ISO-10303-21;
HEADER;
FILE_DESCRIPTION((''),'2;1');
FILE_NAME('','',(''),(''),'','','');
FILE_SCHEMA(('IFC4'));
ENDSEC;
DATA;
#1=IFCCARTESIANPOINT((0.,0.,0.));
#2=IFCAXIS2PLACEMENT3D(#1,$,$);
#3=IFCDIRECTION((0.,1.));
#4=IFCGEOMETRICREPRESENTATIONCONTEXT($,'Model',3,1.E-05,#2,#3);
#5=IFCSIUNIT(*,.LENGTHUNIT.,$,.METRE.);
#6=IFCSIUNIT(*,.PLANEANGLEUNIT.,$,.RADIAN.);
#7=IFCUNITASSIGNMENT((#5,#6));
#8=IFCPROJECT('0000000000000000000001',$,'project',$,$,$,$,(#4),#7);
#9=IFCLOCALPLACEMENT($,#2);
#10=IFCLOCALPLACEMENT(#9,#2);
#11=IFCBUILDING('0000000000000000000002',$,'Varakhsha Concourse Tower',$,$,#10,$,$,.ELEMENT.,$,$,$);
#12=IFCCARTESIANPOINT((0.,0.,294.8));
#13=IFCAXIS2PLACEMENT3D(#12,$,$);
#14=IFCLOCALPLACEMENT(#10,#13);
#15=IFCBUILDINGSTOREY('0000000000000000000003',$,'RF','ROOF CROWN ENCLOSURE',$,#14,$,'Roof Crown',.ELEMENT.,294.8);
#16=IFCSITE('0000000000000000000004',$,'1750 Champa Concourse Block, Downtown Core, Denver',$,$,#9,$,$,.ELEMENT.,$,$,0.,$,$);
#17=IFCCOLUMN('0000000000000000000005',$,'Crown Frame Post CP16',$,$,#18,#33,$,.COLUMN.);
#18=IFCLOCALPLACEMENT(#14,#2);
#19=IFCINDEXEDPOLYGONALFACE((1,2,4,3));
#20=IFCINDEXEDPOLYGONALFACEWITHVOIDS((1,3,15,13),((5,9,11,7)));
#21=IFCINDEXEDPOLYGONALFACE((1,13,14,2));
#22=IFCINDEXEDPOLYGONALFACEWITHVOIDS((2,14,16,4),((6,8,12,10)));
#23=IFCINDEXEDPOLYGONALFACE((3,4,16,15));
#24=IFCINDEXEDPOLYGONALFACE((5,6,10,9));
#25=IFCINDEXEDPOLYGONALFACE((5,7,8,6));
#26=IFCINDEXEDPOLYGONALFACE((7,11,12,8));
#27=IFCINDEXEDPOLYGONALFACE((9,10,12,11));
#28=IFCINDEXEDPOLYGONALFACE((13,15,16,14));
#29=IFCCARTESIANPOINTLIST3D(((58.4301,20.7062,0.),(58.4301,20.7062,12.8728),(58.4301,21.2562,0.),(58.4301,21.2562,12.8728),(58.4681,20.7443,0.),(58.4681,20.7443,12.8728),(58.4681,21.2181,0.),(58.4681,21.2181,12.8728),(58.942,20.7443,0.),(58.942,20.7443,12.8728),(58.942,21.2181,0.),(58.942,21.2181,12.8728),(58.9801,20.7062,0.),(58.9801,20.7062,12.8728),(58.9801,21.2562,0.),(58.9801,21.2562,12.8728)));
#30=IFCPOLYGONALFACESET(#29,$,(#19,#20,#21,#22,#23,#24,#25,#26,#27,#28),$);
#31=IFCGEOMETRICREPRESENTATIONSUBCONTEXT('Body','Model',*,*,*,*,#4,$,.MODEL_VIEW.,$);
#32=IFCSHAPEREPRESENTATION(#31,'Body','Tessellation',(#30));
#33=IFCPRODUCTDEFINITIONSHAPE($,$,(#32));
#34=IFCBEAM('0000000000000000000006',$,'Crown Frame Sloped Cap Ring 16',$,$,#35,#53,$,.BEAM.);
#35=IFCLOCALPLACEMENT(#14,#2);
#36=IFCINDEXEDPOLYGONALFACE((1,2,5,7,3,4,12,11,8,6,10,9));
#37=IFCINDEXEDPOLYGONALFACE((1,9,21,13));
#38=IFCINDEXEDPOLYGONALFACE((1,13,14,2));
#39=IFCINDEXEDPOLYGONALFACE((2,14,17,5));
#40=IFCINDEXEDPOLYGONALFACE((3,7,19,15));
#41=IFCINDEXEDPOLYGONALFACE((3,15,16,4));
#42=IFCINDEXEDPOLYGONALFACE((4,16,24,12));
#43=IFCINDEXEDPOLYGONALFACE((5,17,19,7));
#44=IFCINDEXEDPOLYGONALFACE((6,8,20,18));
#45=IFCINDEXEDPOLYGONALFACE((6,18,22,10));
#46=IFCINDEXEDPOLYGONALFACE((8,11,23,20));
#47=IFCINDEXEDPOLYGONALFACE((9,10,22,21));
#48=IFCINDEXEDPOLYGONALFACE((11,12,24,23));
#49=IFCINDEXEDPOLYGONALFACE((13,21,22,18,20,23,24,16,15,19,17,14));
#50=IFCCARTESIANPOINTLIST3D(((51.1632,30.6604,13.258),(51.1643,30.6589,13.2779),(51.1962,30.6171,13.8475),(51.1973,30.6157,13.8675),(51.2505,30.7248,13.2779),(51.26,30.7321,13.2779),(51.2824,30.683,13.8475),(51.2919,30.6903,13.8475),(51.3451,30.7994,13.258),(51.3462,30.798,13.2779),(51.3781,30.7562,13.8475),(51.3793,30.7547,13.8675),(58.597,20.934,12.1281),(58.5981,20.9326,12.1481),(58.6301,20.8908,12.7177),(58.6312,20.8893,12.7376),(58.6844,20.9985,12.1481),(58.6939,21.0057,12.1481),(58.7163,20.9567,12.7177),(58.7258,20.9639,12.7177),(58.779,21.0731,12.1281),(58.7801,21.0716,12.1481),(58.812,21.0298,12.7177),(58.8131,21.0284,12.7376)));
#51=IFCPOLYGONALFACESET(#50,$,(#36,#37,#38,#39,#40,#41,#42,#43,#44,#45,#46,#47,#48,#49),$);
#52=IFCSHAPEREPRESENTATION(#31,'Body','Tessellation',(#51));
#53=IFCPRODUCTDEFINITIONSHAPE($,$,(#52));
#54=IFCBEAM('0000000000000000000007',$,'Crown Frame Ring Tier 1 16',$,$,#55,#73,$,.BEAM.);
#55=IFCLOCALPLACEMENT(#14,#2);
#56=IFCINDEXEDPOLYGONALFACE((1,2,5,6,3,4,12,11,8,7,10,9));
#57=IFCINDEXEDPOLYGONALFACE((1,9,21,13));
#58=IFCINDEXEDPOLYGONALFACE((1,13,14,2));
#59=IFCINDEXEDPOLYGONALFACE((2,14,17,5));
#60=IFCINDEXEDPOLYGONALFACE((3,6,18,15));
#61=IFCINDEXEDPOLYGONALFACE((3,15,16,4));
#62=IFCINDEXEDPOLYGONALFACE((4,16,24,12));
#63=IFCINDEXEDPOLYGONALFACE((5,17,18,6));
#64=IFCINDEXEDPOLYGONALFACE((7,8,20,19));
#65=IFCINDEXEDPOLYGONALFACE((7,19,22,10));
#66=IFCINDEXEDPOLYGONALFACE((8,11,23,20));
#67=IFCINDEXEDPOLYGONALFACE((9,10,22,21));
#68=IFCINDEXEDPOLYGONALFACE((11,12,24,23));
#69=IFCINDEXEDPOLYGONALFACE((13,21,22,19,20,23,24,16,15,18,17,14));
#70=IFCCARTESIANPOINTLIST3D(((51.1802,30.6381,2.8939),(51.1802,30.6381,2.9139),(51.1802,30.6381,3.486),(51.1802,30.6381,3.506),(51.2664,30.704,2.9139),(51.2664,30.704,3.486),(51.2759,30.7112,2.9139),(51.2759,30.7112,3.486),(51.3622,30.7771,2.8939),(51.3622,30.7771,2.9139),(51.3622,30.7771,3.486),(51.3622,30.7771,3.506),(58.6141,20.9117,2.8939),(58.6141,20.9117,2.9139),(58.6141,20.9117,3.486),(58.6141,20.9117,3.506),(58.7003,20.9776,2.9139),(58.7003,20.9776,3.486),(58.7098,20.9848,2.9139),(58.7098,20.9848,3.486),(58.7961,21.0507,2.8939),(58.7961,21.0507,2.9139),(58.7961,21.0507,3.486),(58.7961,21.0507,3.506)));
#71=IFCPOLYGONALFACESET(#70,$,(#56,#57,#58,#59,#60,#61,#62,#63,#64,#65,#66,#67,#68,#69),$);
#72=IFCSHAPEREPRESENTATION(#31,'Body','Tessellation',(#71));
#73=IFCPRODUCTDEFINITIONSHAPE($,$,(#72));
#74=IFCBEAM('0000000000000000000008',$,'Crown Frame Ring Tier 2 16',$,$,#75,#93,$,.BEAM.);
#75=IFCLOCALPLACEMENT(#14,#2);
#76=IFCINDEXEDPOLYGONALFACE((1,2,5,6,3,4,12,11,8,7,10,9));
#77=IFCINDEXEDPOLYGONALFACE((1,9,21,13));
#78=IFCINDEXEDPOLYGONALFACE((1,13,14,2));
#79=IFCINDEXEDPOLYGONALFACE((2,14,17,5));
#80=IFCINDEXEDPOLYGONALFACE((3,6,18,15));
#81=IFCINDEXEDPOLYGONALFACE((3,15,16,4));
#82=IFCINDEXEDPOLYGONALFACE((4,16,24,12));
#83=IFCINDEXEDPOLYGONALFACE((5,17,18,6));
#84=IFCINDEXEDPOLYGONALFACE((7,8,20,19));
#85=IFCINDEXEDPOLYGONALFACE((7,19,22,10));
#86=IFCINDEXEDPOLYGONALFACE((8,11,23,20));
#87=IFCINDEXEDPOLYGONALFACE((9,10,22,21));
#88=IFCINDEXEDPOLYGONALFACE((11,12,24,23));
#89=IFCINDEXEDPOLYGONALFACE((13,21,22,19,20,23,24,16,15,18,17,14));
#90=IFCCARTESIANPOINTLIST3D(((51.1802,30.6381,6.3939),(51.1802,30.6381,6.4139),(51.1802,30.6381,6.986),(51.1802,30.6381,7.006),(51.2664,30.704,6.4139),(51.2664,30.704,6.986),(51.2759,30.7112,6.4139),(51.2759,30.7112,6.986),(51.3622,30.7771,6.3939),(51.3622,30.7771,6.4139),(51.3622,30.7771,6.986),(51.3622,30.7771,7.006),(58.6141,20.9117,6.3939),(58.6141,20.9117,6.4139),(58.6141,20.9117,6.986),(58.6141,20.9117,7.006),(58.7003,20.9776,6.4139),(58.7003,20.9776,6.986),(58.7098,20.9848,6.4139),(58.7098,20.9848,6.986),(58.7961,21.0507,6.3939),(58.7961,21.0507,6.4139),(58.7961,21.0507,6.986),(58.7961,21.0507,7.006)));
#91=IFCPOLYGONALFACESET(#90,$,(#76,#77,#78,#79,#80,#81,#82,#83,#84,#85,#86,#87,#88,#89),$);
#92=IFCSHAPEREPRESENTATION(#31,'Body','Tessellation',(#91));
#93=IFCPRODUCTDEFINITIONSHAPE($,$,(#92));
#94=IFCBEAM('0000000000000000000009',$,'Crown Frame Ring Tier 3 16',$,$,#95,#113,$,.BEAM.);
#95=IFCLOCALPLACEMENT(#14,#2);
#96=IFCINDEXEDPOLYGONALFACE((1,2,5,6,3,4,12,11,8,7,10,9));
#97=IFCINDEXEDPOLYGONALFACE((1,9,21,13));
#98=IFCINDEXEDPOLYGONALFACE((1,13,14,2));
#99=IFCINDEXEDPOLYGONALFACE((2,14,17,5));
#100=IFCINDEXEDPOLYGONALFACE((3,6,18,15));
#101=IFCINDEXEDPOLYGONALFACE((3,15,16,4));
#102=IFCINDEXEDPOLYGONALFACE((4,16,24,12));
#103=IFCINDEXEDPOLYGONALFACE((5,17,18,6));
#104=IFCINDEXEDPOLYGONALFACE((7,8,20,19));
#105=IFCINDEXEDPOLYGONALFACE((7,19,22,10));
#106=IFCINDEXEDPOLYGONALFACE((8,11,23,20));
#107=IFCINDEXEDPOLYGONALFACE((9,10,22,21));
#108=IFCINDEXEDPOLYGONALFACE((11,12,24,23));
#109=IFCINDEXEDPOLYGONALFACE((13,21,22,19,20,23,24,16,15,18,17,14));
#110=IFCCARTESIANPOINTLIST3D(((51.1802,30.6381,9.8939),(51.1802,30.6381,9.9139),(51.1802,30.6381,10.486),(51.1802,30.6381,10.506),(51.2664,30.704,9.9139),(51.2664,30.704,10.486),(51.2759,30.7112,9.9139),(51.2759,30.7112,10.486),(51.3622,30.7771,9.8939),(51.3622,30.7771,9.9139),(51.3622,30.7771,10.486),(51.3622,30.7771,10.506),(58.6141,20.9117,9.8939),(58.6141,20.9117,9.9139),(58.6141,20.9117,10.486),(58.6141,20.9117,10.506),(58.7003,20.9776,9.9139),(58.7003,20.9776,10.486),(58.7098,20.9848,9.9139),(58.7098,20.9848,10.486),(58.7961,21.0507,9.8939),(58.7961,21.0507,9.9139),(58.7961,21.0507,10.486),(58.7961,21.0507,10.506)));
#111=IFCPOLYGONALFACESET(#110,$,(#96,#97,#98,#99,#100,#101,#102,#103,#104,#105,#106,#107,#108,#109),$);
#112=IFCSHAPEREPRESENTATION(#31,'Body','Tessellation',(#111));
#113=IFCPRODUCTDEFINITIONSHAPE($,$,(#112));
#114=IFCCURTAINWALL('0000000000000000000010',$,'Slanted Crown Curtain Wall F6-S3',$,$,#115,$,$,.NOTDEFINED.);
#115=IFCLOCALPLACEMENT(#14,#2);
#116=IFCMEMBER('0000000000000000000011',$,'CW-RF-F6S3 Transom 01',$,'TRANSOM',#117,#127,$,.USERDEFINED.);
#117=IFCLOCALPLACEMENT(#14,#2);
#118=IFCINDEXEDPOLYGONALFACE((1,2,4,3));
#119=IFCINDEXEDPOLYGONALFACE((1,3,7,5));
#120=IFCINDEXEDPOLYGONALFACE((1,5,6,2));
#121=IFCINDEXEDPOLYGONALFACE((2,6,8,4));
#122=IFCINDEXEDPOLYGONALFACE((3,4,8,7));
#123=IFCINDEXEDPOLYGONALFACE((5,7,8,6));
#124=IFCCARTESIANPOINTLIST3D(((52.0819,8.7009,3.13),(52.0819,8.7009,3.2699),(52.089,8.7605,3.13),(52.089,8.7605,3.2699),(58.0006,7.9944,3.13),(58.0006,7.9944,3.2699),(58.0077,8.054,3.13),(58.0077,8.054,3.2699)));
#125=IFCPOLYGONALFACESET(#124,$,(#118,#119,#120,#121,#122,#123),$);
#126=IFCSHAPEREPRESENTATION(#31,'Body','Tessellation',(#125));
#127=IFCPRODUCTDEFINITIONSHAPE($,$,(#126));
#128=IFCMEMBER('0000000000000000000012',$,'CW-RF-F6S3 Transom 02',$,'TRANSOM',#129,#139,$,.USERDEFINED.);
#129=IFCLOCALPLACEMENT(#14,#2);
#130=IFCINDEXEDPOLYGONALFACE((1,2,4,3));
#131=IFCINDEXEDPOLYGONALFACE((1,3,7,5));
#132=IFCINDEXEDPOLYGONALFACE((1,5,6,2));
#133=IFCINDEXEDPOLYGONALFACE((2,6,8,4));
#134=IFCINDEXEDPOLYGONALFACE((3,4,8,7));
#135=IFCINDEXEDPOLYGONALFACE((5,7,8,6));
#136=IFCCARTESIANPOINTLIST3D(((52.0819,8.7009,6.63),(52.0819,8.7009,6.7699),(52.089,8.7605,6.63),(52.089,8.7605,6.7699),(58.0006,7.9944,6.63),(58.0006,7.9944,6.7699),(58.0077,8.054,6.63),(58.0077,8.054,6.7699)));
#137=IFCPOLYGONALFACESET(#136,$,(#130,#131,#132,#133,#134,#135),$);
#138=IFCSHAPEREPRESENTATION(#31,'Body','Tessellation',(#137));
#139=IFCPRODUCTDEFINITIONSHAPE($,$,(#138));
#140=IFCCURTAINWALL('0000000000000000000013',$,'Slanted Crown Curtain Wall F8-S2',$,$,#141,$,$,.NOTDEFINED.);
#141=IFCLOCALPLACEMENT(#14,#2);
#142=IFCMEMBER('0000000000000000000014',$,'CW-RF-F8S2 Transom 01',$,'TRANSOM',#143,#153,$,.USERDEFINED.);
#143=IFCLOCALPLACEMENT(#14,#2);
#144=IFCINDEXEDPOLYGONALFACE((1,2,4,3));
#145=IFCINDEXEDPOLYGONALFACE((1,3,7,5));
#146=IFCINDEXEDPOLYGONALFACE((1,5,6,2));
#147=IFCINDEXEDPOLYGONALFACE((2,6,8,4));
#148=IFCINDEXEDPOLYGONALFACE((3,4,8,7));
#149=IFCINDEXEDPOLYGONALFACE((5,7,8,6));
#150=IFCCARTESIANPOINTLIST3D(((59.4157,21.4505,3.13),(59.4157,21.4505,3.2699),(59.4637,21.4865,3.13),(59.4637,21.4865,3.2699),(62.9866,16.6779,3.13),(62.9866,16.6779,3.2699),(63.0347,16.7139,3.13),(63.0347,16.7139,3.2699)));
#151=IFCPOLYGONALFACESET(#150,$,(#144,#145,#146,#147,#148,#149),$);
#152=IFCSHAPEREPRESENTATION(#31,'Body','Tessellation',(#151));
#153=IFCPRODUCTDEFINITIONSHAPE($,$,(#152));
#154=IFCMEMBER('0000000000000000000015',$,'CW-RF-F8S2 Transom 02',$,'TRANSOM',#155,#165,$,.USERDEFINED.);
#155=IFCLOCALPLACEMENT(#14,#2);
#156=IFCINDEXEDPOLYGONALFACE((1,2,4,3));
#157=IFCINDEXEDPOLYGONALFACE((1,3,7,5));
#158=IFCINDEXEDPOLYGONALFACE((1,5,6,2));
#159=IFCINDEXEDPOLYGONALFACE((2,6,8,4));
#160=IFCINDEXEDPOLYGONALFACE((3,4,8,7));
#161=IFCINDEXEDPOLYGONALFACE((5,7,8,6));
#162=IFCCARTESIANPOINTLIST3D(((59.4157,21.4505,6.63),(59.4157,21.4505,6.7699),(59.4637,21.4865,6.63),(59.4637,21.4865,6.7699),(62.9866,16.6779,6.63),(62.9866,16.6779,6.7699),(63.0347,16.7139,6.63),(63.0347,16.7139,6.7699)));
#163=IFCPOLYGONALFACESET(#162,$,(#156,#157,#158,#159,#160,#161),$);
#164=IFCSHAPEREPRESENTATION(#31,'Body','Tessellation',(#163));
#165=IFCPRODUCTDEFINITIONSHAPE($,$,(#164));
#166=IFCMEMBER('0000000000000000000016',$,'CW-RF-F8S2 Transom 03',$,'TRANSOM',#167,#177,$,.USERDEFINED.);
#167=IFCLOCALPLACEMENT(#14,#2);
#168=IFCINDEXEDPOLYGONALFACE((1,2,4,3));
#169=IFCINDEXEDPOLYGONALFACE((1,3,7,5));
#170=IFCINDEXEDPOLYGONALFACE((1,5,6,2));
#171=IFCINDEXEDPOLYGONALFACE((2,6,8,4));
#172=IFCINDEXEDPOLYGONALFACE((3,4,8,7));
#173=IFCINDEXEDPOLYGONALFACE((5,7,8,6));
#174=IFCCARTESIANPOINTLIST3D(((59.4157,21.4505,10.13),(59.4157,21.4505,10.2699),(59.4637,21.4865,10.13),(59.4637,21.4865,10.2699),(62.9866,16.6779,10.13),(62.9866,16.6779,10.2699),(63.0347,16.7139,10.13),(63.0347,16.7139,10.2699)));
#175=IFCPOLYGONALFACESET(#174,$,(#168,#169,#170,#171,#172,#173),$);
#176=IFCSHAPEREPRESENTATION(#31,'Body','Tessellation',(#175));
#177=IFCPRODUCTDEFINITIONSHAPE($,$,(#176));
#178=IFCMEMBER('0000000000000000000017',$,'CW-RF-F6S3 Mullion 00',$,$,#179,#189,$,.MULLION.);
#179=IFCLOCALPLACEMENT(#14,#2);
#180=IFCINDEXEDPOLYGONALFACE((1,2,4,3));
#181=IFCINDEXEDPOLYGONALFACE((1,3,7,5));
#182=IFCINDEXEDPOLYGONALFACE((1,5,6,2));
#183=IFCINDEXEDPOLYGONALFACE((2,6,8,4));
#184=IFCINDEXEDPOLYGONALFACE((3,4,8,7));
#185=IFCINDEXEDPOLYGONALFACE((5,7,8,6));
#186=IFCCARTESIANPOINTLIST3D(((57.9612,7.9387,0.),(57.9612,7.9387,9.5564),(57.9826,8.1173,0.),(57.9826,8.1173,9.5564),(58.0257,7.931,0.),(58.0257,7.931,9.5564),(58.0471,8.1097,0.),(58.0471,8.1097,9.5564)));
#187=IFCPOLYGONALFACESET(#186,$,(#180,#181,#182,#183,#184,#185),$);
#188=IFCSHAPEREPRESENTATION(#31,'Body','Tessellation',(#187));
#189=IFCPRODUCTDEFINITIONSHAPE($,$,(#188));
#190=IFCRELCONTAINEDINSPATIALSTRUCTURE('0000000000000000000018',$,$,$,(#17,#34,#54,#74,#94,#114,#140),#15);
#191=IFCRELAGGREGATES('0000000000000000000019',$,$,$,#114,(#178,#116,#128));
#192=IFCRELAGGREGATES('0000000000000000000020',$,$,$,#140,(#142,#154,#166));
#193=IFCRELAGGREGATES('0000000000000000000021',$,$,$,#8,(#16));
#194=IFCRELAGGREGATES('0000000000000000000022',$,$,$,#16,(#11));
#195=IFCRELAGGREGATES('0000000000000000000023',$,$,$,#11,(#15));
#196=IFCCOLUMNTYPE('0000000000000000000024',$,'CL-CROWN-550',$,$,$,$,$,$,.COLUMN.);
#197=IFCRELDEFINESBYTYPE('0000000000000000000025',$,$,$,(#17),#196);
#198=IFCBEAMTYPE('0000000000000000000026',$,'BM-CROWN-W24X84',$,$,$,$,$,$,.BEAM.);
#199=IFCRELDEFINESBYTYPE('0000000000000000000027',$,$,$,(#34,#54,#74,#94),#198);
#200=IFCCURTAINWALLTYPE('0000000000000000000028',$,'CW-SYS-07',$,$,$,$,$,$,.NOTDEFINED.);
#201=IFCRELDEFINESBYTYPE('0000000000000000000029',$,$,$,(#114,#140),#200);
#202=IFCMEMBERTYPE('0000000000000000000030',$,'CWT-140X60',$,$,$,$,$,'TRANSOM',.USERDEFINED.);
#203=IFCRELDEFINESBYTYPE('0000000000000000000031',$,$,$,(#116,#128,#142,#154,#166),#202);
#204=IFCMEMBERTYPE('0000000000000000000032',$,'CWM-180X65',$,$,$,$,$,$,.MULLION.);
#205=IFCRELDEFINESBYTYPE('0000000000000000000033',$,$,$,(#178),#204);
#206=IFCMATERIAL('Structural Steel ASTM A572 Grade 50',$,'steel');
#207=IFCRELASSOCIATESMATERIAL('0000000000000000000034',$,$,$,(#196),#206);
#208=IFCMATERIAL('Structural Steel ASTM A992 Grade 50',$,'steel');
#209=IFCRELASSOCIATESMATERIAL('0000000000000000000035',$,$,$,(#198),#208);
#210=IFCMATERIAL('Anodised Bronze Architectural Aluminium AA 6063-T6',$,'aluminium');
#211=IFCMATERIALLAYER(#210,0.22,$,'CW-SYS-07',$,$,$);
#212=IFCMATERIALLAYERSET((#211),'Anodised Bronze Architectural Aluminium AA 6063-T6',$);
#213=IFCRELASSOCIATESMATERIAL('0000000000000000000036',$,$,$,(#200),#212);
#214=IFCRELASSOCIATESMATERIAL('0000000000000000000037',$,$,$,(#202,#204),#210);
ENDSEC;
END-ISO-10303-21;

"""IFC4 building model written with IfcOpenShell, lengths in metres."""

from ifc_helpers import new_model, si_unit, direction, frame, origin, origin_2d, place, context, subcontext, project, spatial, rectangle, hollow_rectangle, i_section, extrude, source, transform, mapped, material, layer, layer_set, material_profile, profile_set, type_object, type_shapes, element, aggregate, save


model = new_model("IFC4")

# Units and contexts
model_context = context("Model", 3, precision=1e-05, world=origin(), true_north=direction((0.0, 1.0)))
body_context = subcontext(model_context, "Body", "Model", "MODEL_VIEW")
ifc_project = project(units=[si_unit("LENGTHUNIT", "METRE"), si_unit("PLANEANGLEUNIT", "RADIAN")], contexts=[model_context])

# Site, building, storey
site_placement = place(None, origin())
site = spatial("IfcSite", under=ifc_project, at=site_placement, Name="1750 Champa Concourse Block, Downtown Core, Denver", CompositionType="ELEMENT", RefElevation=0.0)
building_placement = place(site_placement, origin())
building = spatial("IfcBuilding", under=site, at=building_placement, Name="Varakhsha Concourse Tower", CompositionType="ELEMENT")
storey_placement = place(building_placement, frame((0.0, 0.0, 294.8)))
storey = spatial("IfcBuildingStorey", under=building, at=storey_placement, Name="RF", Description="ROOF CROWN ENCLOSURE", LongName="Roof Crown", CompositionType="ELEMENT", Elevation=294.8)

# Column
ifc_material_1 = material(Name="Structural Steel ASTM A572 Grade 50", Category="steel")
ifc_material_profile_1 = material_profile(ifc_material_1, hollow_rectangle(XDim=0.55, YDim=0.55, WallThickness=0.0381, at=origin_2d()), Name="BOX 550x550x38")
ifc_profile_set_1 = profile_set([ifc_material_profile_1], Name="Structural Steel ASTM A572 Grade 50")
column_type = type_object("IfcColumnType", Name="CL-CROWN-550", PredefinedType="COLUMN", material=ifc_profile_set_1)
column_placement = place(storey_placement, frame((58.7051, 20.9812, 0.0), z_axis=(0.0, 0.0, 1.0), x_axis=(1.0, 0.0, 0.0)))
element("IfcColumn", 1, at=column_placement, inside=storey, type_object=column_type, Name="Crown Frame Post CP16", PredefinedType="COLUMN", context=body_context, shape_type="SweptSolid", body=[
    extrude(hollow_rectangle(XDim=0.55, YDim=0.55, WallThickness=0.0381, at=origin_2d()), origin(), (0.0, 0.0, 1.0), 12.8728),
])

# Beams
ifc_material_2 = material(Name="Structural Steel ASTM A992 Grade 50", Category="steel")
ifc_material_profile_2 = material_profile(ifc_material_2, i_section(OverallWidth=0.229, OverallDepth=0.6121, WebThickness=0.012, FlangeThickness=0.02, at=origin_2d()), Name="W24X84")
ifc_profile_set_2 = profile_set([ifc_material_profile_2], Name="Structural Steel ASTM A992 Grade 50")
beam_type = type_object("IfcBeamType", Name="BM-CROWN-W24X84", PredefinedType="BEAM", material=ifc_profile_set_2)
beam_placement = place(storey_placement, frame((58.7051, 20.9812, 12.4329), z_axis=(-0.604677, 0.79115, 0.091906), x_axis=(-0.794513, -0.607247, 0.0)))
element("IfcBeam", 2, at=beam_placement, inside=storey, type_object=beam_type, Name="Crown Frame Sloped Cap Ring 16", PredefinedType="BEAM", context=body_context, shape_type="SweptSolid", body=[
    extrude(i_section(OverallWidth=0.229, OverallDepth=0.6121, WebThickness=0.012, FlangeThickness=0.02, at=origin_2d()), origin(), (0.0, 0.0, 1.0), 12.2939),
])
for number, where, z_axis, x_axis, name in (
    (3, (58.7051, 20.9812, 3.2), (-0.607247, 0.794513, 0.0), (-0.794513, -0.607247, 0.0), "Crown Frame Ring Tier 1 16"),
    (4, (58.7051, 20.9812, 6.7), (-0.607247, 0.794513, 0.0), (-0.794513, -0.607247, 0.0), "Crown Frame Ring Tier 2 16"),
    (5, (58.7051, 20.9812, 10.2), (-0.607247, 0.794513, 0.0), (-0.794513, -0.607247, 0.0), "Crown Frame Ring Tier 3 16"),
):
    element("IfcBeam", number, at=place(storey_placement, frame(where, z_axis=z_axis, x_axis=x_axis)), inside=storey, type_object=beam_type, Name=name, PredefinedType="BEAM", context=body_context, shape_type="SweptSolid", body=[
        extrude(i_section(OverallWidth=0.229, OverallDepth=0.6121, WebThickness=0.012, FlangeThickness=0.02, at=origin_2d()), origin(), (0.0, 0.0, 1.0), 12.2419),
    ])

# Curtain walls, members
ifc_material_3 = material(Name="Anodised Bronze Architectural Aluminium AA 6063-T6", Category="aluminium")
ifc_layer_1 = layer(ifc_material_3, 0.22, Name="CW-SYS-07")
ifc_layer_set_1 = layer_set([ifc_layer_1], Name="Anodised Bronze Architectural Aluminium AA 6063-T6")
curtain_wall_type = type_object("IfcCurtainWallType", Name="CW-SYS-07", PredefinedType="NOTDEFINED", material=ifc_layer_set_1)
curtain_wall_1_placement = place(storey_placement, origin())
curtain_wall_1 = element("IfcCurtainWall", 6, at=curtain_wall_1_placement, inside=storey, type_object=curtain_wall_type, Name="Slanted Crown Curtain Wall F6-S3", PredefinedType="NOTDEFINED")
ifc_material_profile_3 = material_profile(ifc_material_3, rectangle(XDim=0.0601, YDim=0.1399, at=origin_2d()), Name="CWT-140X60")
ifc_profile_set_3 = profile_set([ifc_material_profile_3], Name="Anodised Bronze Architectural Aluminium AA 6063-T6")
member_type_1 = type_object("IfcMemberType", Name="CWT-140X60", ElementType="TRANSOM", PredefinedType="USERDEFINED", material=ifc_profile_set_3)
shared_shape_1 = source(origin(), body_context, "Body", "SweptSolid", [
    extrude(rectangle(XDim=0.0601, YDim=0.1399, at=origin_2d()), origin(), (0.0, 0.0, 1.0), 5.9607),
])
type_shapes(member_type_1, [shared_shape_1])
member_1_placement = place(storey_placement, frame((58.0042, 8.0242, 3.2), z_axis=(-0.99295, 0.118533, 0.0), x_axis=(-0.118533, -0.99295, 0.0)))
member_1 = element("IfcMember", 7, at=member_1_placement, type_object=member_type_1, Name="CW-RF-F6S3 Transom 01", ObjectType="TRANSOM", PredefinedType="USERDEFINED", context=body_context, shape_type="MappedRepresentation", body=[
    mapped(shared_shape_1, transform((0.0, 0.0, 0.0), scale=1.0)),
])
member_2_placement = place(storey_placement, frame((58.0042, 8.0242, 6.7), z_axis=(-0.99295, 0.118533, 0.0), x_axis=(-0.118533, -0.99295, 0.0)))
member_2 = element("IfcMember", 8, at=member_2_placement, type_object=member_type_1, Name="CW-RF-F6S3 Transom 02", ObjectType="TRANSOM", PredefinedType="USERDEFINED", context=body_context, shape_type="MappedRepresentation", body=[
    mapped(shared_shape_1, transform((0.0, 0.0, 0.0), scale=1.0)),
])
curtain_wall_2_placement = place(storey_placement, origin())
curtain_wall_2 = element("IfcCurtainWall", 9, at=curtain_wall_2_placement, inside=storey, type_object=curtain_wall_type, Name="Slanted Crown Curtain Wall F8-S2", PredefinedType="NOTDEFINED")
member_3_placement = place(storey_placement, frame((59.4397, 21.4685, 3.2), z_axis=(0.599089, -0.800683, 0.0), x_axis=(0.800683, 0.599089, 0.0)))
member_3 = element("IfcMember", 10, at=member_3_placement, type_object=member_type_1, Name="CW-RF-F8S2 Transom 01", ObjectType="TRANSOM", PredefinedType="USERDEFINED", context=body_context, shape_type="MappedRepresentation", body=[
    mapped(shared_shape_1, transform((0.0, 0.0, 0.0), scale=1.0)),
])
member_4_placement = place(storey_placement, frame((59.4397, 21.4685, 6.7), z_axis=(0.599089, -0.800683, 0.0), x_axis=(0.800683, 0.599089, 0.0)))
member_4 = element("IfcMember", 11, at=member_4_placement, type_object=member_type_1, Name="CW-RF-F8S2 Transom 02", ObjectType="TRANSOM", PredefinedType="USERDEFINED", context=body_context, shape_type="MappedRepresentation", body=[
    mapped(shared_shape_1, transform((0.0, 0.0, 0.0), scale=1.0)),
])
member_5_placement = place(storey_placement, frame((59.4397, 21.4685, 10.2), z_axis=(0.599089, -0.800683, 0.0), x_axis=(0.800683, 0.599089, 0.0)))
member_5 = element("IfcMember", 12, at=member_5_placement, type_object=member_type_1, Name="CW-RF-F8S2 Transom 03", ObjectType="TRANSOM", PredefinedType="USERDEFINED", context=body_context, shape_type="MappedRepresentation", body=[
    mapped(shared_shape_1, transform((0.0, 0.0, 0.0), scale=1.0)),
])

# Member
ifc_material_profile_4 = material_profile(ifc_material_3, rectangle(XDim=0.0649, YDim=0.1799, at=origin_2d()), Name="CWM-180X65")
ifc_profile_set_4 = profile_set([ifc_material_profile_4], Name="Anodised Bronze Architectural Aluminium AA 6063-T6")
member_type_2 = type_object("IfcMemberType", Name="CWM-180X65", PredefinedType="MULLION", material=ifc_profile_set_4)
shared_shape_2 = source(origin(), body_context, "Body", "SweptSolid", [
    extrude(rectangle(XDim=0.0649, YDim=0.1799, at=origin_2d()), origin(), (0.0, 0.0, 1.0), 9.5564),
])
member_6_placement = place(storey_placement, frame((58.0042, 8.0242, 0.0), z_axis=(0.0, 0.0, 1.0), x_axis=(-0.992953, 0.11851, 0.0)))
member_6 = element("IfcMember", 13, at=member_6_placement, type_object=member_type_2, Name="CW-RF-F6S3 Mullion 00", PredefinedType="MULLION", context=body_context, shape_type="MappedRepresentation", body=[
    mapped(shared_shape_2, transform((0.0, 0.0, 0.0), scale=1.0)),
])

aggregate(curtain_wall_1, [member_6, member_1, member_2])
aggregate(curtain_wall_2, [member_3, member_4, member_5])

save(model, "model.ifc")
